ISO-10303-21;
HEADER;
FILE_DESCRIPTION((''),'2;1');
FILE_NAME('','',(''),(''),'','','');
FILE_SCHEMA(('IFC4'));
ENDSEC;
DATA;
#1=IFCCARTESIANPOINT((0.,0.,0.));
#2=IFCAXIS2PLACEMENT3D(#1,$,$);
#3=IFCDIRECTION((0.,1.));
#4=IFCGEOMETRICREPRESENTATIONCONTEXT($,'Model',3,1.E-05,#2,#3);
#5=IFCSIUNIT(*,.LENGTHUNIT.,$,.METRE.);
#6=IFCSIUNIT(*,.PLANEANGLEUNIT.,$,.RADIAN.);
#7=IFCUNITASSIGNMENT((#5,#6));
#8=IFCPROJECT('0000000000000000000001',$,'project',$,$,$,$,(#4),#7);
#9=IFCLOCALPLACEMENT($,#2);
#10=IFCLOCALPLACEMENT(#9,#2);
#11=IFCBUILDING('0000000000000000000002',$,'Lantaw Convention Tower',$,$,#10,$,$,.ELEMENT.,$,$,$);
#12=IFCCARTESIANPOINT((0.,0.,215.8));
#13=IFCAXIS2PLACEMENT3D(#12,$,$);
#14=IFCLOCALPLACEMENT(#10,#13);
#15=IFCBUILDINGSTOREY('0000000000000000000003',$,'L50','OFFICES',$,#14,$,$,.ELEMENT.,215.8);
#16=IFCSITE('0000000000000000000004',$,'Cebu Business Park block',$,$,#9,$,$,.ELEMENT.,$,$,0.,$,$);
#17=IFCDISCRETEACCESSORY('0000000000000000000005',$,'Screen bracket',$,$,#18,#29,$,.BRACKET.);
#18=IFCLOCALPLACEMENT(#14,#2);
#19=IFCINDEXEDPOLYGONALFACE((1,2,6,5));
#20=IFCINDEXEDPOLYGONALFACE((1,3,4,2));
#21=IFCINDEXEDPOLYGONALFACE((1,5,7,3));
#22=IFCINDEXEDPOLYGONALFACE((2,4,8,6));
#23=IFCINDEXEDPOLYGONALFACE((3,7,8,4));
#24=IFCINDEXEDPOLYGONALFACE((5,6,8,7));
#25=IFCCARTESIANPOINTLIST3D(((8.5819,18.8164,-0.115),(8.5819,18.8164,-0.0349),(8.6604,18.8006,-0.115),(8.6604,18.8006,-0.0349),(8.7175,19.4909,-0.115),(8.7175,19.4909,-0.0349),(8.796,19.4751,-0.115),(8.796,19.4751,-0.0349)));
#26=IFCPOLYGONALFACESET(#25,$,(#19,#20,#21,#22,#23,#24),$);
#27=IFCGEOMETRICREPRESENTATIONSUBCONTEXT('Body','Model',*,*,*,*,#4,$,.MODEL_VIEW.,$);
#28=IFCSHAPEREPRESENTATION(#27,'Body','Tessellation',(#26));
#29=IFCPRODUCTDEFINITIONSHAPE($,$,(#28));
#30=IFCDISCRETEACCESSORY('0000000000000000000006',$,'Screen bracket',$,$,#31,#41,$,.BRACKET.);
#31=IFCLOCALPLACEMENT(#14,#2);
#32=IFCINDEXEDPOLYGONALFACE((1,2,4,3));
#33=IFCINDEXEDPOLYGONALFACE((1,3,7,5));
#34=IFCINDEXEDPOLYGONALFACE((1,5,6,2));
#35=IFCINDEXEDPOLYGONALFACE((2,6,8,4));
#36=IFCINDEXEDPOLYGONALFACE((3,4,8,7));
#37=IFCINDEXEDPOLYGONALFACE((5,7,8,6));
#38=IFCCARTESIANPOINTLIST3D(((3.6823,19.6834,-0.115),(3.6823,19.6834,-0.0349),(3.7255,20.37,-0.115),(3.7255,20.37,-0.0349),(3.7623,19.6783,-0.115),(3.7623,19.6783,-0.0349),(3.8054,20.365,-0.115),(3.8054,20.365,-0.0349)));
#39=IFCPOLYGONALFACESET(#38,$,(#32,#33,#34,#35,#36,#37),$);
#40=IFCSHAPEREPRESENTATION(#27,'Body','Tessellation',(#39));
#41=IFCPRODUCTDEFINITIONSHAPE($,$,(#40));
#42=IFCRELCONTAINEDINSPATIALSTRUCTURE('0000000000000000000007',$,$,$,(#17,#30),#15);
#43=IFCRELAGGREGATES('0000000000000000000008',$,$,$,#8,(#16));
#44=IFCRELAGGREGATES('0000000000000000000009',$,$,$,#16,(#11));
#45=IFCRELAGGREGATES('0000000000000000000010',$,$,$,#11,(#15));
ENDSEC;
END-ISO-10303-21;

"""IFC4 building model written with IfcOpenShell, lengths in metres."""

from ifc_helpers import new_model, si_unit, direction, frame, origin, origin_2d, place, context, subcontext, project, spatial, rectangle, extrude, element, save


model = new_model("IFC4")

# Units and contexts
model_context = context("Model", 3, precision=1e-05, world=origin(), true_north=direction((0.0, 1.0)))
body_context = subcontext(model_context, "Body", "Model", "MODEL_VIEW")
ifc_project = project(units=[si_unit("LENGTHUNIT", "METRE"), si_unit("PLANEANGLEUNIT", "RADIAN")], contexts=[model_context])

# Site, building, storey
site_placement = place(None, origin())
site = spatial("IfcSite", under=ifc_project, at=site_placement, Name="Cebu Business Park block", CompositionType="ELEMENT", RefElevation=0.0)
building_placement = place(site_placement, origin())
building = spatial("IfcBuilding", under=site, at=building_placement, Name="Lantaw Convention Tower", CompositionType="ELEMENT")
storey_placement = place(building_placement, frame((0.0, 0.0, 215.8)))
storey = spatial("IfcBuildingStorey", under=building, at=storey_placement, Name="L50", Description="OFFICES", CompositionType="ELEMENT", Elevation=215.8)

# Discrete accessories
for number, where, z_axis, x_axis, name in (
    (1, (8.689, 19.1458, -0.115), (0.0, 0.0, 1.0), (-0.980367, 0.197183, 0.0), "Screen bracket"),
    (2, (3.7439, 20.0242, -0.115), (0.0, 0.0, 1.0), (-0.998029, 0.062758, 0.0), "Screen bracket"),
):
    element("IfcDiscreteAccessory", number, at=place(storey_placement, frame(where, z_axis=z_axis, x_axis=x_axis)), inside=storey, Name=name, PredefinedType="BRACKET", context=body_context, shape_type="SweptSolid", body=[
        extrude(rectangle(XDim=0.0801, YDim=0.688, at=origin_2d()), origin(), (0.0, 0.0, 1.0), 0.0801),
    ])

save(model, "model.ifc")
